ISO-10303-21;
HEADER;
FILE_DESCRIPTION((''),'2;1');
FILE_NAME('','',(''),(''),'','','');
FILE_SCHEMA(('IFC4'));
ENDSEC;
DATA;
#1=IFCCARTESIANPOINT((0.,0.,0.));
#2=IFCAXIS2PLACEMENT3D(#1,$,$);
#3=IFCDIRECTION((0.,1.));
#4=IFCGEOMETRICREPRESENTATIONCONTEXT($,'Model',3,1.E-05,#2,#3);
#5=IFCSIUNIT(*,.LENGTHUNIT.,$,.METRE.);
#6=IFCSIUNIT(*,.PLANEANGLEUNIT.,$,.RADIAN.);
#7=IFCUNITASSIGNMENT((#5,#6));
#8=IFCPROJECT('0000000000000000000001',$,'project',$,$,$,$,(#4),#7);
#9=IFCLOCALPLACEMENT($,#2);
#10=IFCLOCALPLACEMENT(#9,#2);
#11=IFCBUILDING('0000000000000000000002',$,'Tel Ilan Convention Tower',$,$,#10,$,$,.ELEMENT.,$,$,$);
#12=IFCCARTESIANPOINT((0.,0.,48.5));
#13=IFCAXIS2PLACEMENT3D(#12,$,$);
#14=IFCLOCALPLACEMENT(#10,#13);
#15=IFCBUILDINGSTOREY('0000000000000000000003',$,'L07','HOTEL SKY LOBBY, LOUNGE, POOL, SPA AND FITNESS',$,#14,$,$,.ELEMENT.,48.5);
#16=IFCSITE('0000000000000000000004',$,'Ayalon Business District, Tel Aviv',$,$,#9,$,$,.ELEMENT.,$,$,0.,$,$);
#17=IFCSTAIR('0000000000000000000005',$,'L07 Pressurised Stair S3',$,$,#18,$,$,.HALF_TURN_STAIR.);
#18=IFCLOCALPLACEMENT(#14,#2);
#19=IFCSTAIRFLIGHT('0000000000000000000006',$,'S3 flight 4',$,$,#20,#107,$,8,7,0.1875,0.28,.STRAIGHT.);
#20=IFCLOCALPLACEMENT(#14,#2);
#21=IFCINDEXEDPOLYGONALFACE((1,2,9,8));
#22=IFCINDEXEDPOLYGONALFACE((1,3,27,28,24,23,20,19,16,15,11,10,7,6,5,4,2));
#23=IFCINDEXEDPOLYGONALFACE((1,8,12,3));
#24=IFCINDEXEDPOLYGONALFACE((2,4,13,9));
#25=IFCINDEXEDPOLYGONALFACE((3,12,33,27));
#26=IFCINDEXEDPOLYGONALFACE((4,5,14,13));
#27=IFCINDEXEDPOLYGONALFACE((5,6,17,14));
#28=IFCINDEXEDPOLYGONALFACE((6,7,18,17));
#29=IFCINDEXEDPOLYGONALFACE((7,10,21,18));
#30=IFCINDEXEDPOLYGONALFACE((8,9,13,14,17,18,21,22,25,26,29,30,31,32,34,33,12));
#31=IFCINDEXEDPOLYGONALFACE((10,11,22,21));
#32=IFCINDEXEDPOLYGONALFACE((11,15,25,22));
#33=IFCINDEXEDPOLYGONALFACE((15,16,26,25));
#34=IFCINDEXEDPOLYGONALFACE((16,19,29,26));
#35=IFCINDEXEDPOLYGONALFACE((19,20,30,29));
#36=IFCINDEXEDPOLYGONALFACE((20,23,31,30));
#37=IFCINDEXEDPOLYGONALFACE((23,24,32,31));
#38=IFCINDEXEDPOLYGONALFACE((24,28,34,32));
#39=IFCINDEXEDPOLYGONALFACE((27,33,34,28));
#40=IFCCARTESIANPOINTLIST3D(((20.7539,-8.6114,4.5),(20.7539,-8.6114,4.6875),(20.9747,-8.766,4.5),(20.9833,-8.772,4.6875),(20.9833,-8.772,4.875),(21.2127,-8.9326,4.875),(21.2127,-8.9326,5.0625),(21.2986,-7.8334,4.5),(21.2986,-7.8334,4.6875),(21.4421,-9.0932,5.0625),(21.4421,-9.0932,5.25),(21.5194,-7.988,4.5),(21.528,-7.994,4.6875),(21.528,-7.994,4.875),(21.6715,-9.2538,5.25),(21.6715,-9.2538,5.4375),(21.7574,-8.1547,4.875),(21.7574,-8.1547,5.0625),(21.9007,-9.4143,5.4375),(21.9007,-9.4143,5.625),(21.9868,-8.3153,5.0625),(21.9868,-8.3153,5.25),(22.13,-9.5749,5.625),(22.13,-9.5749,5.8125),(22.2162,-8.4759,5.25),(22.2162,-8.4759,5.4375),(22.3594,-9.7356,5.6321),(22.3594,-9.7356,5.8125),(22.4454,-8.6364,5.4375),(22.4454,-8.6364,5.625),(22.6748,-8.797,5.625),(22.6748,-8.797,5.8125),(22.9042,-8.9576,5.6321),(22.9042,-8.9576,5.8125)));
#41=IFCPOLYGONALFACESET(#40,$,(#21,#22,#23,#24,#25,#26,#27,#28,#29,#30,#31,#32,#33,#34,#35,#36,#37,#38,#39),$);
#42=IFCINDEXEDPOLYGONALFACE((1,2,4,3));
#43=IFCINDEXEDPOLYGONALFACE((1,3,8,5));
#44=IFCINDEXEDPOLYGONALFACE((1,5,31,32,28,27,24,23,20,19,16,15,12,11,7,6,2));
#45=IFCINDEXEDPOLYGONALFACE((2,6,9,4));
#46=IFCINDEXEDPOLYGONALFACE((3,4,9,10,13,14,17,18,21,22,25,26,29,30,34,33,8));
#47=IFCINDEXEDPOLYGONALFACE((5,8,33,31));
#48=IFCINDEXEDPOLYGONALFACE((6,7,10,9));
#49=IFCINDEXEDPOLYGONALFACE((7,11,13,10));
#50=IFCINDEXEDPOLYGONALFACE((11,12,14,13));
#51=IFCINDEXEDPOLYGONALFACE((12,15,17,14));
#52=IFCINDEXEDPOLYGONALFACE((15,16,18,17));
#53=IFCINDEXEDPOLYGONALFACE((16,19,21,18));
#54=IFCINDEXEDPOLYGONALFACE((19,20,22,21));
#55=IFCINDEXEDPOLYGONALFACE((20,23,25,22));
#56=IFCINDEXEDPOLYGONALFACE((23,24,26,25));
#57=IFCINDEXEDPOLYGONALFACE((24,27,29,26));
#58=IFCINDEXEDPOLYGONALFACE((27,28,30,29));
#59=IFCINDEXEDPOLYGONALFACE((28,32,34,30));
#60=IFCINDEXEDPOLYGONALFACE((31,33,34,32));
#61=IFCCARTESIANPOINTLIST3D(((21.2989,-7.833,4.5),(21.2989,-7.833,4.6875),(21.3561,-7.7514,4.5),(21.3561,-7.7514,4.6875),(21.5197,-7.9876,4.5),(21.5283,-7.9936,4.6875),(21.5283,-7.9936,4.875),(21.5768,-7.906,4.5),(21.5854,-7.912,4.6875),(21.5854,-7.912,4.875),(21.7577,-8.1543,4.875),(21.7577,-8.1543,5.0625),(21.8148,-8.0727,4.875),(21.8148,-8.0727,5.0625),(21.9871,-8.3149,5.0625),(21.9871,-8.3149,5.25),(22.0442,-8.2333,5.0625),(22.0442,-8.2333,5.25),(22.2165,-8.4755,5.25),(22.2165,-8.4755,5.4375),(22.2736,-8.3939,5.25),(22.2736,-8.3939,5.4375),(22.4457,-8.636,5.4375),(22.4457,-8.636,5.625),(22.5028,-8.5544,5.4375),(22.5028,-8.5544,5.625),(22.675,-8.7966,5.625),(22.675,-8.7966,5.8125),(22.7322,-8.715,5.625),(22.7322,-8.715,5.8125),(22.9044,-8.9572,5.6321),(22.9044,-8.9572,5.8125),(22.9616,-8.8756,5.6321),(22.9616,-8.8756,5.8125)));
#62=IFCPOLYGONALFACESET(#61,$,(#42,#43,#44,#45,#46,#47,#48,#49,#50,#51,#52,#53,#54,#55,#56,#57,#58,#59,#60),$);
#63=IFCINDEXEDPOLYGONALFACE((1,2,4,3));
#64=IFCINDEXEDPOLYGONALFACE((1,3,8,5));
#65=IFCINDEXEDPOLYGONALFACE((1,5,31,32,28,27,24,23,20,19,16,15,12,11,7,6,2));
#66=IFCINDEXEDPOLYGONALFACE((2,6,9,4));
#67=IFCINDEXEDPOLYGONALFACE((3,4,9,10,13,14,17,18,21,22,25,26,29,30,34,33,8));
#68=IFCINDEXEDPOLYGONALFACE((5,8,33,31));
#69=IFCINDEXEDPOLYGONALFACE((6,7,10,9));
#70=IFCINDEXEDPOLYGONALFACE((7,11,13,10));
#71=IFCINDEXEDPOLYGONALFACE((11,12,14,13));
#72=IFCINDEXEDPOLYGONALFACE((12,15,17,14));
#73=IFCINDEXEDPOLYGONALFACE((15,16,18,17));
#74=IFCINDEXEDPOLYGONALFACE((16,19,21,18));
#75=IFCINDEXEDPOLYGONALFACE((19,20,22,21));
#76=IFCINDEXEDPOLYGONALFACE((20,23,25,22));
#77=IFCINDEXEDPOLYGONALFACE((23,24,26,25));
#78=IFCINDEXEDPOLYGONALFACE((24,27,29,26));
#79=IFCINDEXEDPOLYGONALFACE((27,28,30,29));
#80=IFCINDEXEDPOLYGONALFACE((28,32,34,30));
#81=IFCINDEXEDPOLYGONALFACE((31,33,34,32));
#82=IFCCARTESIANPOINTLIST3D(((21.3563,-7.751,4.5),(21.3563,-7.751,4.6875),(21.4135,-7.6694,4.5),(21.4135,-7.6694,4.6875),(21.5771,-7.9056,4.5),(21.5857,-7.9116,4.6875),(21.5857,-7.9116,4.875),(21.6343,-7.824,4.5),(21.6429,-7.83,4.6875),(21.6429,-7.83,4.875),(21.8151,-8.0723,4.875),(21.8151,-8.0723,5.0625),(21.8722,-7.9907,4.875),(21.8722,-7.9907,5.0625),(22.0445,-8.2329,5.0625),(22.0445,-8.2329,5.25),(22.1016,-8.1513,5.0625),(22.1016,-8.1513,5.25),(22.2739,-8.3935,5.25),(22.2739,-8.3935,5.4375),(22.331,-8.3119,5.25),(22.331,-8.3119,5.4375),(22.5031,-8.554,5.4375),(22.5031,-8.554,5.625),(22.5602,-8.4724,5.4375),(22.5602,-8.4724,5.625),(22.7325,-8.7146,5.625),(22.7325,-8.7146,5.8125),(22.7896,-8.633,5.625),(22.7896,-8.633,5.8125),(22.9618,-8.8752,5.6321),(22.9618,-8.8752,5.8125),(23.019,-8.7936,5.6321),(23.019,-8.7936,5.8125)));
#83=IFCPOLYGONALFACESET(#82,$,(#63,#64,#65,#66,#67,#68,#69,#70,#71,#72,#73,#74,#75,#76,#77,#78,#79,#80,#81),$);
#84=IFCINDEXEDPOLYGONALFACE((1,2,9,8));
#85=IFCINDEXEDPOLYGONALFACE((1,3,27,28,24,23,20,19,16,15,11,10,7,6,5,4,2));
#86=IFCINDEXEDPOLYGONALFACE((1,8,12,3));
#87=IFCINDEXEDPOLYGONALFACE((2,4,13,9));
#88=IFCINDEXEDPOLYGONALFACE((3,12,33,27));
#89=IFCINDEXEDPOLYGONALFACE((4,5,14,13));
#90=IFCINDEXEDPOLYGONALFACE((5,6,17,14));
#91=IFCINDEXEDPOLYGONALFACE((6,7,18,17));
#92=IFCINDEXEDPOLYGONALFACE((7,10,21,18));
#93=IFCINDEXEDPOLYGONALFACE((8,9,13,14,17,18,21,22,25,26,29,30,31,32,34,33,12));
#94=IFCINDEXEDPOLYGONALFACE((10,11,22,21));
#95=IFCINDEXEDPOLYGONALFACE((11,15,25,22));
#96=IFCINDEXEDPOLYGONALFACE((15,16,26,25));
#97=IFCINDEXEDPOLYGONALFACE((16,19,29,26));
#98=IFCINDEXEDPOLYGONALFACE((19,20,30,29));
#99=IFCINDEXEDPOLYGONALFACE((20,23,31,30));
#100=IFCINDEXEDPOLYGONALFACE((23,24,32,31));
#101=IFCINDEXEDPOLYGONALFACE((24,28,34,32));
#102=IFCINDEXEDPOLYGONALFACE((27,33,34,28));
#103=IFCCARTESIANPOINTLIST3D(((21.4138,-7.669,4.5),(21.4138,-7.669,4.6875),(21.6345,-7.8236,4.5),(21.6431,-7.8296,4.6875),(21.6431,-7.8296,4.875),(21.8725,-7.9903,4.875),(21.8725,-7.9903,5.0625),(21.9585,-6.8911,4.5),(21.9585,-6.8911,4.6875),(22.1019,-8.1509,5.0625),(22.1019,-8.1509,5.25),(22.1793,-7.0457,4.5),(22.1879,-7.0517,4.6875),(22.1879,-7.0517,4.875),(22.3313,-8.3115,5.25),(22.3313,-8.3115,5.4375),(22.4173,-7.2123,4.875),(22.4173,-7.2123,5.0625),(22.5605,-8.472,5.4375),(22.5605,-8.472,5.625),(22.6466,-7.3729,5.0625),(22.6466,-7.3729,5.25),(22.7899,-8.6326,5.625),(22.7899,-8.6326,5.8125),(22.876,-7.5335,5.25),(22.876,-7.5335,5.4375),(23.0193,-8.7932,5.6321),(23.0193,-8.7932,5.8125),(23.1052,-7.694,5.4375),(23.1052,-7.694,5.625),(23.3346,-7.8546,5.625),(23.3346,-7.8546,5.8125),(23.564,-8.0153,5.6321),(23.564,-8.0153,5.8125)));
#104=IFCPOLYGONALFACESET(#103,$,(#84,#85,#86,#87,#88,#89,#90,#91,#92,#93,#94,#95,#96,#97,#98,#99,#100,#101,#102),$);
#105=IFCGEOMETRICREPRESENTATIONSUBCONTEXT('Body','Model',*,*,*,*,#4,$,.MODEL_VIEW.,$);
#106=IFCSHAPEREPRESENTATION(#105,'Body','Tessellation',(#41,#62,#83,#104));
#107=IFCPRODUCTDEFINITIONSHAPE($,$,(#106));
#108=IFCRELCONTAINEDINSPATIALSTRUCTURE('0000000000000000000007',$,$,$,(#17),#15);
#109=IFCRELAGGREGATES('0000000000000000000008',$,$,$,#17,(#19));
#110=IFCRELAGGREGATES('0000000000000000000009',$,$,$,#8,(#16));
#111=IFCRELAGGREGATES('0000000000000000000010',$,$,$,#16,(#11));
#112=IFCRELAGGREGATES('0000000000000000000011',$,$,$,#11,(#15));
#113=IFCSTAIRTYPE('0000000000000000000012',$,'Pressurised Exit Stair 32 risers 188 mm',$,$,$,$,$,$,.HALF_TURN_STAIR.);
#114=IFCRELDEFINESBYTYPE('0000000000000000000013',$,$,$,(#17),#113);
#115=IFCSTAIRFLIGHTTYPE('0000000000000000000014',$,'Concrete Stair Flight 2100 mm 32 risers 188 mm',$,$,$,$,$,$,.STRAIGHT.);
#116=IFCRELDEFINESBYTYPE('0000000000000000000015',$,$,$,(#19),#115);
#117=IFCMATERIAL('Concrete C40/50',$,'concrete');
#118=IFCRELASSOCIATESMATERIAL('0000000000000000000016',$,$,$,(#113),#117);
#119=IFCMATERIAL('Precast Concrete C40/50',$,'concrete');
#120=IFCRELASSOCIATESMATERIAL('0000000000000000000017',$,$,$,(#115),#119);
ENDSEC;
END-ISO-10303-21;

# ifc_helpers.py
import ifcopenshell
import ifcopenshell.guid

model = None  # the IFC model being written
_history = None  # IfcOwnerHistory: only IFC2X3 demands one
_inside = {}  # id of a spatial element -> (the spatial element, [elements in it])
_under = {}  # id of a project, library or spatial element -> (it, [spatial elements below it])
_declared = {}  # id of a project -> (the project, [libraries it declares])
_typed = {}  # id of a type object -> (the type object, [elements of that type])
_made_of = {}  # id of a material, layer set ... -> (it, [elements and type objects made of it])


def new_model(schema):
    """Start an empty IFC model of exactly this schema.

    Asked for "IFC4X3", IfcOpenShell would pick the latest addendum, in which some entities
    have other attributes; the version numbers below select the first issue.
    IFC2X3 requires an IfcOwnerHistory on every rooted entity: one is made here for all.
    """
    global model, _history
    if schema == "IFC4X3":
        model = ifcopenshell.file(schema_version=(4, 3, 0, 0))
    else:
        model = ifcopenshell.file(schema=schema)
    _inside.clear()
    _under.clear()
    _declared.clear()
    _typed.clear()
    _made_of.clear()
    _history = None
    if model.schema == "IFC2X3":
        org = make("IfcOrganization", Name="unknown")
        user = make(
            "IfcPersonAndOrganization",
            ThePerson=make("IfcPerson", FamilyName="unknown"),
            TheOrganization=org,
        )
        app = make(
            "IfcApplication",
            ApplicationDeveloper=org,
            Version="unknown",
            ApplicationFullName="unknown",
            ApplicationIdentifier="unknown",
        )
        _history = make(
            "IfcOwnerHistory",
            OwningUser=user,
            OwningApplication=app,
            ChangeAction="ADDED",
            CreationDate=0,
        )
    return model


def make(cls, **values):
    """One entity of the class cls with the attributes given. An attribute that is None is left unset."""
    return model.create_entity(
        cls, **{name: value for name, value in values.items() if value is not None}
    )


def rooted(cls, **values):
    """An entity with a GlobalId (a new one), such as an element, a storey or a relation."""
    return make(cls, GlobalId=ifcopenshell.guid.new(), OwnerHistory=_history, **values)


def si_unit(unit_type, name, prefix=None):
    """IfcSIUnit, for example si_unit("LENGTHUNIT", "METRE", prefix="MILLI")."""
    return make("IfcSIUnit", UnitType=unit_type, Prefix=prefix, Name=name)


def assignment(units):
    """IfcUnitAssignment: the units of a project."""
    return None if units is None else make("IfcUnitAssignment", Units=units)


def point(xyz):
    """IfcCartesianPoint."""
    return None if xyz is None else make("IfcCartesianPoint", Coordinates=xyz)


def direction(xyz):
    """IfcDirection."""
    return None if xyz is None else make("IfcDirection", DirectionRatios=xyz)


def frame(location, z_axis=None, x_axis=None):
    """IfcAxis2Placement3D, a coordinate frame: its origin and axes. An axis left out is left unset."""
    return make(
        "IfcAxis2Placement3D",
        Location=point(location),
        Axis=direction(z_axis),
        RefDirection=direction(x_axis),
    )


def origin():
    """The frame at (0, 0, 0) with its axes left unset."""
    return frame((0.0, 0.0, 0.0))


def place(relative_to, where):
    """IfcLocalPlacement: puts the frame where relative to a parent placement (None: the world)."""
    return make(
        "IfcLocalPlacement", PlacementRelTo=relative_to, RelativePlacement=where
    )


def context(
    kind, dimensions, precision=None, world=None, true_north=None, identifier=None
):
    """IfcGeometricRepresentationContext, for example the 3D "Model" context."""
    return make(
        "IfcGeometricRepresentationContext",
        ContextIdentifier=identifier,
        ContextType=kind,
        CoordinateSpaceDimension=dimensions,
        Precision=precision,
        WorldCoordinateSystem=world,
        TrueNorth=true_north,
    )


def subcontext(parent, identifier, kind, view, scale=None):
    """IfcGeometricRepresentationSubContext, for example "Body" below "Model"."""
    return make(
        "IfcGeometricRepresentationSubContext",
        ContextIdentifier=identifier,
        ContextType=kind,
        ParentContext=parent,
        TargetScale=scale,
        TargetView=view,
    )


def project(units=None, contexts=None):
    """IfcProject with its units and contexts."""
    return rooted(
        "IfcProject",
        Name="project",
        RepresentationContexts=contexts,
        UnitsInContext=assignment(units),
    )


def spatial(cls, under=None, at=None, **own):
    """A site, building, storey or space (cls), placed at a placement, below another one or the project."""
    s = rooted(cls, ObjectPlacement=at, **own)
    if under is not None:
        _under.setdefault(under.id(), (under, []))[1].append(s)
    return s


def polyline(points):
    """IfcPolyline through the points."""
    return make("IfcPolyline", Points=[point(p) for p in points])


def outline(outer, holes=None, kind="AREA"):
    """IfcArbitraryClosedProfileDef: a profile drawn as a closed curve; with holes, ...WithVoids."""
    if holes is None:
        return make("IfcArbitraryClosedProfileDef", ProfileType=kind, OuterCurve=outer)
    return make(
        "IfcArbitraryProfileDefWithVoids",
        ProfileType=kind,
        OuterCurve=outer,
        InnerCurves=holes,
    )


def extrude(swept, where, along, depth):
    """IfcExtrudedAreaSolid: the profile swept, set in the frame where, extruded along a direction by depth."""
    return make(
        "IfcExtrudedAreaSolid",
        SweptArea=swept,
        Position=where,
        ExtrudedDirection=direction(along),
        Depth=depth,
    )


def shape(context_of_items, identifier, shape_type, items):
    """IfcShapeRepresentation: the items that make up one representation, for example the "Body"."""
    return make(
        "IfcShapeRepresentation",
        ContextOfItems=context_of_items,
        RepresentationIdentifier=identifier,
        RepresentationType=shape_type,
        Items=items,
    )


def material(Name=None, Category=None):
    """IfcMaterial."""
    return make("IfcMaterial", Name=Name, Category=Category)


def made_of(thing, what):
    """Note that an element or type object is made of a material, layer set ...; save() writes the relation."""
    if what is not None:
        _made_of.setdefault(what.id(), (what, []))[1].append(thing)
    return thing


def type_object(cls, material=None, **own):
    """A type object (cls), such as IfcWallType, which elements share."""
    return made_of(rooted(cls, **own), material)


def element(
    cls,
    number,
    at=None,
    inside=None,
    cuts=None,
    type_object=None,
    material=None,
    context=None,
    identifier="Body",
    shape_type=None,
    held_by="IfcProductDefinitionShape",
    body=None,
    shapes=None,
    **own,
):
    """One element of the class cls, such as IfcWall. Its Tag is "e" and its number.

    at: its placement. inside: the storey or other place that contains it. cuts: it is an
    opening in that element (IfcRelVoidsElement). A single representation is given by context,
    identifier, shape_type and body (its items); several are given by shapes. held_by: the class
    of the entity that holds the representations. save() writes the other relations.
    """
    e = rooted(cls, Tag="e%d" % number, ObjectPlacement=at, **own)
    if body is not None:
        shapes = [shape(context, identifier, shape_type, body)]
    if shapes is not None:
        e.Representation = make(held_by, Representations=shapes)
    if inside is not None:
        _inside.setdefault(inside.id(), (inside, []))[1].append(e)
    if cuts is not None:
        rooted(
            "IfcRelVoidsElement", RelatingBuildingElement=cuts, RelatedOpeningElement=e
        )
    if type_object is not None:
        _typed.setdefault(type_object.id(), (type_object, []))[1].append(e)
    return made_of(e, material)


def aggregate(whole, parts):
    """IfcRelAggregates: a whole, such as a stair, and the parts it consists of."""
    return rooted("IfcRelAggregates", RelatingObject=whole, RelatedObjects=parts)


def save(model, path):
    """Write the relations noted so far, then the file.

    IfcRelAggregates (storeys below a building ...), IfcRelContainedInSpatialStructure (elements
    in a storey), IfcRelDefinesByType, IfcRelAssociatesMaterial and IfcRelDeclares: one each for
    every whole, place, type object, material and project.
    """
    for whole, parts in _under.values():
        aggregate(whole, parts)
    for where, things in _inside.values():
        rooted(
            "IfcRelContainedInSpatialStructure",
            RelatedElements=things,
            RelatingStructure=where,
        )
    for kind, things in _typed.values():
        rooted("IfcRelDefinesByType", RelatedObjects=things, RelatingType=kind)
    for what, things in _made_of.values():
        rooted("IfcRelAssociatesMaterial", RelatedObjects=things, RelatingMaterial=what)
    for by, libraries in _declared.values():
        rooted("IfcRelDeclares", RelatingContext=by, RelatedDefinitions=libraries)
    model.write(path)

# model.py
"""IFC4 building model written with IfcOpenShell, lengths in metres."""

from ifc_helpers import new_model, si_unit, direction, frame, origin, place, context, subcontext, project, spatial, polyline, outline, extrude, material, type_object, element, aggregate, save


model = new_model("IFC4")

# Units and contexts
model_context = context("Model", 3, precision=1e-05, world=origin(), true_north=direction((0.0, 1.0)))
body_context = subcontext(model_context, "Body", "Model", "MODEL_VIEW")
ifc_project = project(units=[si_unit("LENGTHUNIT", "METRE"), si_unit("PLANEANGLEUNIT", "RADIAN")], contexts=[model_context])

# Site, building, storey
site_placement = place(None, origin())
site = spatial("IfcSite", under=ifc_project, at=site_placement, Name="Ayalon Business District, Tel Aviv", CompositionType="ELEMENT", RefElevation=0.0)
building_placement = place(site_placement, origin())
building = spatial("IfcBuilding", under=site, at=building_placement, Name="Tel Ilan Convention Tower", CompositionType="ELEMENT")
storey_placement = place(building_placement, frame((0.0, 0.0, 48.5)))
storey = spatial("IfcBuildingStorey", under=building, at=storey_placement, Name="L07", Description="HOTEL SKY LOBBY, LOUNGE, POOL, SPA AND FITNESS", CompositionType="ELEMENT", Elevation=48.5)

# Stair, stair flight
ifc_material_1 = material(Name="Concrete C40/50", Category="concrete")
stair_type = type_object("IfcStairType", Name="Pressurised Exit Stair 32 risers 188 mm", PredefinedType="HALF_TURN_STAIR", material=ifc_material_1)
stair_1_placement = place(storey_placement, origin())
stair_1 = element("IfcStair", 1, at=stair_1_placement, inside=storey, type_object=stair_type, Name="L07 Pressurised Stair S3", PredefinedType="HALF_TURN_STAIR")
ifc_material_2 = material(Name="Precast Concrete C40/50", Category="concrete")
stair_flight_type = type_object("IfcStairFlightType", Name="Concrete Stair Flight 2100 mm 32 risers 188 mm", PredefinedType="STRAIGHT", material=ifc_material_2)
stair_flight_1_placement = place(storey_placement, frame((21.3562, -7.7512, 4.5), z_axis=(0.0, 0.0, 1.0), x_axis=(0.819152, -0.573576, 0.0)))
stair_flight_1 = element("IfcStairFlight", 2, at=stair_flight_1_placement, type_object=stair_flight_type, Name="S3 flight 4", NumberOfRisers=8, NumberOfTreads=7, PredefinedType="STRAIGHT", RiserHeight=0.1875, TreadLength=0.28, context=body_context, shape_type="SweptSolid", body=[
    extrude(outline(polyline([(0.0, 0.0), (0.0, 0.1875), (0.28, 0.1875), (0.28, 0.375), (0.5601, 0.375), (0.5601, 0.5625), (0.8401, 0.5625), (0.8401, 0.75), (1.1201, 0.75), (1.1201, 0.9375), (1.3999, 0.9375), (1.3999, 1.125), (1.6799, 1.125), (1.6799, 1.3125), (1.96, 1.3125), (1.96, 1.5), (1.96, 1.1321), (0.2695, 0.0), (0.0, 0.0)])), frame((0.0, -0.1003, 0.0), z_axis=(0.0, -1.0, 0.0), x_axis=(1.0, 0.0, 0.0)), (0.0, 0.0, 1.0), 0.9497),
    extrude(outline(polyline([(0.0, 0.0), (0.0, 0.1875), (0.28, 0.1875), (0.28, 0.375), (0.5601, 0.375), (0.5601, 0.5625), (0.8401, 0.5625), (0.8401, 0.75), (1.1201, 0.75), (1.1201, 0.9375), (1.3999, 0.9375), (1.3999, 1.125), (1.6799, 1.125), (1.6799, 1.3125), (1.96, 1.3125), (1.96, 1.5), (1.96, 1.1321), (0.2695, 0.0), (0.0, 0.0)])), frame((0.0, -0.0002, 0.0), z_axis=(0.0, -1.0, 0.0), x_axis=(1.0, 0.0, 0.0)), (0.0, 0.0, 1.0), 0.0996),
    extrude(outline(polyline([(0.0, 0.0), (0.0, 0.1875), (0.28, 0.1875), (0.28, 0.375), (0.5601, 0.375), (0.5601, 0.5625), (0.8401, 0.5625), (0.8401, 0.75), (1.1201, 0.75), (1.1201, 0.9375), (1.3999, 0.9375), (1.3999, 1.125), (1.6799, 1.125), (1.6799, 1.3125), (1.96, 1.3125), (1.96, 1.5), (1.96, 1.1321), (0.2695, 0.0), (0.0, 0.0)])), frame((0.0, 0.0999, 0.0), z_axis=(0.0, -1.0, 0.0), x_axis=(1.0, 0.0, 0.0)), (0.0, 0.0, 1.0), 0.0996),
    extrude(outline(polyline([(0.0, 0.0), (0.0, 0.1875), (0.28, 0.1875), (0.28, 0.375), (0.5601, 0.375), (0.5601, 0.5625), (0.8401, 0.5625), (0.8401, 0.75), (1.1201, 0.75), (1.1201, 0.9375), (1.3999, 0.9375), (1.3999, 1.125), (1.6799, 1.125), (1.6799, 1.3125), (1.96, 1.3125), (1.96, 1.5), (1.96, 1.1321), (0.2695, 0.0), (0.0, 0.0)])), frame((0.0, 1.05, 0.0), z_axis=(0.0, -1.0, 0.0), x_axis=(1.0, 0.0, 0.0)), (0.0, 0.0, 1.0), 0.9497),
])
aggregate(stair_1, [stair_flight_1])

save(model, "model.ifc")
